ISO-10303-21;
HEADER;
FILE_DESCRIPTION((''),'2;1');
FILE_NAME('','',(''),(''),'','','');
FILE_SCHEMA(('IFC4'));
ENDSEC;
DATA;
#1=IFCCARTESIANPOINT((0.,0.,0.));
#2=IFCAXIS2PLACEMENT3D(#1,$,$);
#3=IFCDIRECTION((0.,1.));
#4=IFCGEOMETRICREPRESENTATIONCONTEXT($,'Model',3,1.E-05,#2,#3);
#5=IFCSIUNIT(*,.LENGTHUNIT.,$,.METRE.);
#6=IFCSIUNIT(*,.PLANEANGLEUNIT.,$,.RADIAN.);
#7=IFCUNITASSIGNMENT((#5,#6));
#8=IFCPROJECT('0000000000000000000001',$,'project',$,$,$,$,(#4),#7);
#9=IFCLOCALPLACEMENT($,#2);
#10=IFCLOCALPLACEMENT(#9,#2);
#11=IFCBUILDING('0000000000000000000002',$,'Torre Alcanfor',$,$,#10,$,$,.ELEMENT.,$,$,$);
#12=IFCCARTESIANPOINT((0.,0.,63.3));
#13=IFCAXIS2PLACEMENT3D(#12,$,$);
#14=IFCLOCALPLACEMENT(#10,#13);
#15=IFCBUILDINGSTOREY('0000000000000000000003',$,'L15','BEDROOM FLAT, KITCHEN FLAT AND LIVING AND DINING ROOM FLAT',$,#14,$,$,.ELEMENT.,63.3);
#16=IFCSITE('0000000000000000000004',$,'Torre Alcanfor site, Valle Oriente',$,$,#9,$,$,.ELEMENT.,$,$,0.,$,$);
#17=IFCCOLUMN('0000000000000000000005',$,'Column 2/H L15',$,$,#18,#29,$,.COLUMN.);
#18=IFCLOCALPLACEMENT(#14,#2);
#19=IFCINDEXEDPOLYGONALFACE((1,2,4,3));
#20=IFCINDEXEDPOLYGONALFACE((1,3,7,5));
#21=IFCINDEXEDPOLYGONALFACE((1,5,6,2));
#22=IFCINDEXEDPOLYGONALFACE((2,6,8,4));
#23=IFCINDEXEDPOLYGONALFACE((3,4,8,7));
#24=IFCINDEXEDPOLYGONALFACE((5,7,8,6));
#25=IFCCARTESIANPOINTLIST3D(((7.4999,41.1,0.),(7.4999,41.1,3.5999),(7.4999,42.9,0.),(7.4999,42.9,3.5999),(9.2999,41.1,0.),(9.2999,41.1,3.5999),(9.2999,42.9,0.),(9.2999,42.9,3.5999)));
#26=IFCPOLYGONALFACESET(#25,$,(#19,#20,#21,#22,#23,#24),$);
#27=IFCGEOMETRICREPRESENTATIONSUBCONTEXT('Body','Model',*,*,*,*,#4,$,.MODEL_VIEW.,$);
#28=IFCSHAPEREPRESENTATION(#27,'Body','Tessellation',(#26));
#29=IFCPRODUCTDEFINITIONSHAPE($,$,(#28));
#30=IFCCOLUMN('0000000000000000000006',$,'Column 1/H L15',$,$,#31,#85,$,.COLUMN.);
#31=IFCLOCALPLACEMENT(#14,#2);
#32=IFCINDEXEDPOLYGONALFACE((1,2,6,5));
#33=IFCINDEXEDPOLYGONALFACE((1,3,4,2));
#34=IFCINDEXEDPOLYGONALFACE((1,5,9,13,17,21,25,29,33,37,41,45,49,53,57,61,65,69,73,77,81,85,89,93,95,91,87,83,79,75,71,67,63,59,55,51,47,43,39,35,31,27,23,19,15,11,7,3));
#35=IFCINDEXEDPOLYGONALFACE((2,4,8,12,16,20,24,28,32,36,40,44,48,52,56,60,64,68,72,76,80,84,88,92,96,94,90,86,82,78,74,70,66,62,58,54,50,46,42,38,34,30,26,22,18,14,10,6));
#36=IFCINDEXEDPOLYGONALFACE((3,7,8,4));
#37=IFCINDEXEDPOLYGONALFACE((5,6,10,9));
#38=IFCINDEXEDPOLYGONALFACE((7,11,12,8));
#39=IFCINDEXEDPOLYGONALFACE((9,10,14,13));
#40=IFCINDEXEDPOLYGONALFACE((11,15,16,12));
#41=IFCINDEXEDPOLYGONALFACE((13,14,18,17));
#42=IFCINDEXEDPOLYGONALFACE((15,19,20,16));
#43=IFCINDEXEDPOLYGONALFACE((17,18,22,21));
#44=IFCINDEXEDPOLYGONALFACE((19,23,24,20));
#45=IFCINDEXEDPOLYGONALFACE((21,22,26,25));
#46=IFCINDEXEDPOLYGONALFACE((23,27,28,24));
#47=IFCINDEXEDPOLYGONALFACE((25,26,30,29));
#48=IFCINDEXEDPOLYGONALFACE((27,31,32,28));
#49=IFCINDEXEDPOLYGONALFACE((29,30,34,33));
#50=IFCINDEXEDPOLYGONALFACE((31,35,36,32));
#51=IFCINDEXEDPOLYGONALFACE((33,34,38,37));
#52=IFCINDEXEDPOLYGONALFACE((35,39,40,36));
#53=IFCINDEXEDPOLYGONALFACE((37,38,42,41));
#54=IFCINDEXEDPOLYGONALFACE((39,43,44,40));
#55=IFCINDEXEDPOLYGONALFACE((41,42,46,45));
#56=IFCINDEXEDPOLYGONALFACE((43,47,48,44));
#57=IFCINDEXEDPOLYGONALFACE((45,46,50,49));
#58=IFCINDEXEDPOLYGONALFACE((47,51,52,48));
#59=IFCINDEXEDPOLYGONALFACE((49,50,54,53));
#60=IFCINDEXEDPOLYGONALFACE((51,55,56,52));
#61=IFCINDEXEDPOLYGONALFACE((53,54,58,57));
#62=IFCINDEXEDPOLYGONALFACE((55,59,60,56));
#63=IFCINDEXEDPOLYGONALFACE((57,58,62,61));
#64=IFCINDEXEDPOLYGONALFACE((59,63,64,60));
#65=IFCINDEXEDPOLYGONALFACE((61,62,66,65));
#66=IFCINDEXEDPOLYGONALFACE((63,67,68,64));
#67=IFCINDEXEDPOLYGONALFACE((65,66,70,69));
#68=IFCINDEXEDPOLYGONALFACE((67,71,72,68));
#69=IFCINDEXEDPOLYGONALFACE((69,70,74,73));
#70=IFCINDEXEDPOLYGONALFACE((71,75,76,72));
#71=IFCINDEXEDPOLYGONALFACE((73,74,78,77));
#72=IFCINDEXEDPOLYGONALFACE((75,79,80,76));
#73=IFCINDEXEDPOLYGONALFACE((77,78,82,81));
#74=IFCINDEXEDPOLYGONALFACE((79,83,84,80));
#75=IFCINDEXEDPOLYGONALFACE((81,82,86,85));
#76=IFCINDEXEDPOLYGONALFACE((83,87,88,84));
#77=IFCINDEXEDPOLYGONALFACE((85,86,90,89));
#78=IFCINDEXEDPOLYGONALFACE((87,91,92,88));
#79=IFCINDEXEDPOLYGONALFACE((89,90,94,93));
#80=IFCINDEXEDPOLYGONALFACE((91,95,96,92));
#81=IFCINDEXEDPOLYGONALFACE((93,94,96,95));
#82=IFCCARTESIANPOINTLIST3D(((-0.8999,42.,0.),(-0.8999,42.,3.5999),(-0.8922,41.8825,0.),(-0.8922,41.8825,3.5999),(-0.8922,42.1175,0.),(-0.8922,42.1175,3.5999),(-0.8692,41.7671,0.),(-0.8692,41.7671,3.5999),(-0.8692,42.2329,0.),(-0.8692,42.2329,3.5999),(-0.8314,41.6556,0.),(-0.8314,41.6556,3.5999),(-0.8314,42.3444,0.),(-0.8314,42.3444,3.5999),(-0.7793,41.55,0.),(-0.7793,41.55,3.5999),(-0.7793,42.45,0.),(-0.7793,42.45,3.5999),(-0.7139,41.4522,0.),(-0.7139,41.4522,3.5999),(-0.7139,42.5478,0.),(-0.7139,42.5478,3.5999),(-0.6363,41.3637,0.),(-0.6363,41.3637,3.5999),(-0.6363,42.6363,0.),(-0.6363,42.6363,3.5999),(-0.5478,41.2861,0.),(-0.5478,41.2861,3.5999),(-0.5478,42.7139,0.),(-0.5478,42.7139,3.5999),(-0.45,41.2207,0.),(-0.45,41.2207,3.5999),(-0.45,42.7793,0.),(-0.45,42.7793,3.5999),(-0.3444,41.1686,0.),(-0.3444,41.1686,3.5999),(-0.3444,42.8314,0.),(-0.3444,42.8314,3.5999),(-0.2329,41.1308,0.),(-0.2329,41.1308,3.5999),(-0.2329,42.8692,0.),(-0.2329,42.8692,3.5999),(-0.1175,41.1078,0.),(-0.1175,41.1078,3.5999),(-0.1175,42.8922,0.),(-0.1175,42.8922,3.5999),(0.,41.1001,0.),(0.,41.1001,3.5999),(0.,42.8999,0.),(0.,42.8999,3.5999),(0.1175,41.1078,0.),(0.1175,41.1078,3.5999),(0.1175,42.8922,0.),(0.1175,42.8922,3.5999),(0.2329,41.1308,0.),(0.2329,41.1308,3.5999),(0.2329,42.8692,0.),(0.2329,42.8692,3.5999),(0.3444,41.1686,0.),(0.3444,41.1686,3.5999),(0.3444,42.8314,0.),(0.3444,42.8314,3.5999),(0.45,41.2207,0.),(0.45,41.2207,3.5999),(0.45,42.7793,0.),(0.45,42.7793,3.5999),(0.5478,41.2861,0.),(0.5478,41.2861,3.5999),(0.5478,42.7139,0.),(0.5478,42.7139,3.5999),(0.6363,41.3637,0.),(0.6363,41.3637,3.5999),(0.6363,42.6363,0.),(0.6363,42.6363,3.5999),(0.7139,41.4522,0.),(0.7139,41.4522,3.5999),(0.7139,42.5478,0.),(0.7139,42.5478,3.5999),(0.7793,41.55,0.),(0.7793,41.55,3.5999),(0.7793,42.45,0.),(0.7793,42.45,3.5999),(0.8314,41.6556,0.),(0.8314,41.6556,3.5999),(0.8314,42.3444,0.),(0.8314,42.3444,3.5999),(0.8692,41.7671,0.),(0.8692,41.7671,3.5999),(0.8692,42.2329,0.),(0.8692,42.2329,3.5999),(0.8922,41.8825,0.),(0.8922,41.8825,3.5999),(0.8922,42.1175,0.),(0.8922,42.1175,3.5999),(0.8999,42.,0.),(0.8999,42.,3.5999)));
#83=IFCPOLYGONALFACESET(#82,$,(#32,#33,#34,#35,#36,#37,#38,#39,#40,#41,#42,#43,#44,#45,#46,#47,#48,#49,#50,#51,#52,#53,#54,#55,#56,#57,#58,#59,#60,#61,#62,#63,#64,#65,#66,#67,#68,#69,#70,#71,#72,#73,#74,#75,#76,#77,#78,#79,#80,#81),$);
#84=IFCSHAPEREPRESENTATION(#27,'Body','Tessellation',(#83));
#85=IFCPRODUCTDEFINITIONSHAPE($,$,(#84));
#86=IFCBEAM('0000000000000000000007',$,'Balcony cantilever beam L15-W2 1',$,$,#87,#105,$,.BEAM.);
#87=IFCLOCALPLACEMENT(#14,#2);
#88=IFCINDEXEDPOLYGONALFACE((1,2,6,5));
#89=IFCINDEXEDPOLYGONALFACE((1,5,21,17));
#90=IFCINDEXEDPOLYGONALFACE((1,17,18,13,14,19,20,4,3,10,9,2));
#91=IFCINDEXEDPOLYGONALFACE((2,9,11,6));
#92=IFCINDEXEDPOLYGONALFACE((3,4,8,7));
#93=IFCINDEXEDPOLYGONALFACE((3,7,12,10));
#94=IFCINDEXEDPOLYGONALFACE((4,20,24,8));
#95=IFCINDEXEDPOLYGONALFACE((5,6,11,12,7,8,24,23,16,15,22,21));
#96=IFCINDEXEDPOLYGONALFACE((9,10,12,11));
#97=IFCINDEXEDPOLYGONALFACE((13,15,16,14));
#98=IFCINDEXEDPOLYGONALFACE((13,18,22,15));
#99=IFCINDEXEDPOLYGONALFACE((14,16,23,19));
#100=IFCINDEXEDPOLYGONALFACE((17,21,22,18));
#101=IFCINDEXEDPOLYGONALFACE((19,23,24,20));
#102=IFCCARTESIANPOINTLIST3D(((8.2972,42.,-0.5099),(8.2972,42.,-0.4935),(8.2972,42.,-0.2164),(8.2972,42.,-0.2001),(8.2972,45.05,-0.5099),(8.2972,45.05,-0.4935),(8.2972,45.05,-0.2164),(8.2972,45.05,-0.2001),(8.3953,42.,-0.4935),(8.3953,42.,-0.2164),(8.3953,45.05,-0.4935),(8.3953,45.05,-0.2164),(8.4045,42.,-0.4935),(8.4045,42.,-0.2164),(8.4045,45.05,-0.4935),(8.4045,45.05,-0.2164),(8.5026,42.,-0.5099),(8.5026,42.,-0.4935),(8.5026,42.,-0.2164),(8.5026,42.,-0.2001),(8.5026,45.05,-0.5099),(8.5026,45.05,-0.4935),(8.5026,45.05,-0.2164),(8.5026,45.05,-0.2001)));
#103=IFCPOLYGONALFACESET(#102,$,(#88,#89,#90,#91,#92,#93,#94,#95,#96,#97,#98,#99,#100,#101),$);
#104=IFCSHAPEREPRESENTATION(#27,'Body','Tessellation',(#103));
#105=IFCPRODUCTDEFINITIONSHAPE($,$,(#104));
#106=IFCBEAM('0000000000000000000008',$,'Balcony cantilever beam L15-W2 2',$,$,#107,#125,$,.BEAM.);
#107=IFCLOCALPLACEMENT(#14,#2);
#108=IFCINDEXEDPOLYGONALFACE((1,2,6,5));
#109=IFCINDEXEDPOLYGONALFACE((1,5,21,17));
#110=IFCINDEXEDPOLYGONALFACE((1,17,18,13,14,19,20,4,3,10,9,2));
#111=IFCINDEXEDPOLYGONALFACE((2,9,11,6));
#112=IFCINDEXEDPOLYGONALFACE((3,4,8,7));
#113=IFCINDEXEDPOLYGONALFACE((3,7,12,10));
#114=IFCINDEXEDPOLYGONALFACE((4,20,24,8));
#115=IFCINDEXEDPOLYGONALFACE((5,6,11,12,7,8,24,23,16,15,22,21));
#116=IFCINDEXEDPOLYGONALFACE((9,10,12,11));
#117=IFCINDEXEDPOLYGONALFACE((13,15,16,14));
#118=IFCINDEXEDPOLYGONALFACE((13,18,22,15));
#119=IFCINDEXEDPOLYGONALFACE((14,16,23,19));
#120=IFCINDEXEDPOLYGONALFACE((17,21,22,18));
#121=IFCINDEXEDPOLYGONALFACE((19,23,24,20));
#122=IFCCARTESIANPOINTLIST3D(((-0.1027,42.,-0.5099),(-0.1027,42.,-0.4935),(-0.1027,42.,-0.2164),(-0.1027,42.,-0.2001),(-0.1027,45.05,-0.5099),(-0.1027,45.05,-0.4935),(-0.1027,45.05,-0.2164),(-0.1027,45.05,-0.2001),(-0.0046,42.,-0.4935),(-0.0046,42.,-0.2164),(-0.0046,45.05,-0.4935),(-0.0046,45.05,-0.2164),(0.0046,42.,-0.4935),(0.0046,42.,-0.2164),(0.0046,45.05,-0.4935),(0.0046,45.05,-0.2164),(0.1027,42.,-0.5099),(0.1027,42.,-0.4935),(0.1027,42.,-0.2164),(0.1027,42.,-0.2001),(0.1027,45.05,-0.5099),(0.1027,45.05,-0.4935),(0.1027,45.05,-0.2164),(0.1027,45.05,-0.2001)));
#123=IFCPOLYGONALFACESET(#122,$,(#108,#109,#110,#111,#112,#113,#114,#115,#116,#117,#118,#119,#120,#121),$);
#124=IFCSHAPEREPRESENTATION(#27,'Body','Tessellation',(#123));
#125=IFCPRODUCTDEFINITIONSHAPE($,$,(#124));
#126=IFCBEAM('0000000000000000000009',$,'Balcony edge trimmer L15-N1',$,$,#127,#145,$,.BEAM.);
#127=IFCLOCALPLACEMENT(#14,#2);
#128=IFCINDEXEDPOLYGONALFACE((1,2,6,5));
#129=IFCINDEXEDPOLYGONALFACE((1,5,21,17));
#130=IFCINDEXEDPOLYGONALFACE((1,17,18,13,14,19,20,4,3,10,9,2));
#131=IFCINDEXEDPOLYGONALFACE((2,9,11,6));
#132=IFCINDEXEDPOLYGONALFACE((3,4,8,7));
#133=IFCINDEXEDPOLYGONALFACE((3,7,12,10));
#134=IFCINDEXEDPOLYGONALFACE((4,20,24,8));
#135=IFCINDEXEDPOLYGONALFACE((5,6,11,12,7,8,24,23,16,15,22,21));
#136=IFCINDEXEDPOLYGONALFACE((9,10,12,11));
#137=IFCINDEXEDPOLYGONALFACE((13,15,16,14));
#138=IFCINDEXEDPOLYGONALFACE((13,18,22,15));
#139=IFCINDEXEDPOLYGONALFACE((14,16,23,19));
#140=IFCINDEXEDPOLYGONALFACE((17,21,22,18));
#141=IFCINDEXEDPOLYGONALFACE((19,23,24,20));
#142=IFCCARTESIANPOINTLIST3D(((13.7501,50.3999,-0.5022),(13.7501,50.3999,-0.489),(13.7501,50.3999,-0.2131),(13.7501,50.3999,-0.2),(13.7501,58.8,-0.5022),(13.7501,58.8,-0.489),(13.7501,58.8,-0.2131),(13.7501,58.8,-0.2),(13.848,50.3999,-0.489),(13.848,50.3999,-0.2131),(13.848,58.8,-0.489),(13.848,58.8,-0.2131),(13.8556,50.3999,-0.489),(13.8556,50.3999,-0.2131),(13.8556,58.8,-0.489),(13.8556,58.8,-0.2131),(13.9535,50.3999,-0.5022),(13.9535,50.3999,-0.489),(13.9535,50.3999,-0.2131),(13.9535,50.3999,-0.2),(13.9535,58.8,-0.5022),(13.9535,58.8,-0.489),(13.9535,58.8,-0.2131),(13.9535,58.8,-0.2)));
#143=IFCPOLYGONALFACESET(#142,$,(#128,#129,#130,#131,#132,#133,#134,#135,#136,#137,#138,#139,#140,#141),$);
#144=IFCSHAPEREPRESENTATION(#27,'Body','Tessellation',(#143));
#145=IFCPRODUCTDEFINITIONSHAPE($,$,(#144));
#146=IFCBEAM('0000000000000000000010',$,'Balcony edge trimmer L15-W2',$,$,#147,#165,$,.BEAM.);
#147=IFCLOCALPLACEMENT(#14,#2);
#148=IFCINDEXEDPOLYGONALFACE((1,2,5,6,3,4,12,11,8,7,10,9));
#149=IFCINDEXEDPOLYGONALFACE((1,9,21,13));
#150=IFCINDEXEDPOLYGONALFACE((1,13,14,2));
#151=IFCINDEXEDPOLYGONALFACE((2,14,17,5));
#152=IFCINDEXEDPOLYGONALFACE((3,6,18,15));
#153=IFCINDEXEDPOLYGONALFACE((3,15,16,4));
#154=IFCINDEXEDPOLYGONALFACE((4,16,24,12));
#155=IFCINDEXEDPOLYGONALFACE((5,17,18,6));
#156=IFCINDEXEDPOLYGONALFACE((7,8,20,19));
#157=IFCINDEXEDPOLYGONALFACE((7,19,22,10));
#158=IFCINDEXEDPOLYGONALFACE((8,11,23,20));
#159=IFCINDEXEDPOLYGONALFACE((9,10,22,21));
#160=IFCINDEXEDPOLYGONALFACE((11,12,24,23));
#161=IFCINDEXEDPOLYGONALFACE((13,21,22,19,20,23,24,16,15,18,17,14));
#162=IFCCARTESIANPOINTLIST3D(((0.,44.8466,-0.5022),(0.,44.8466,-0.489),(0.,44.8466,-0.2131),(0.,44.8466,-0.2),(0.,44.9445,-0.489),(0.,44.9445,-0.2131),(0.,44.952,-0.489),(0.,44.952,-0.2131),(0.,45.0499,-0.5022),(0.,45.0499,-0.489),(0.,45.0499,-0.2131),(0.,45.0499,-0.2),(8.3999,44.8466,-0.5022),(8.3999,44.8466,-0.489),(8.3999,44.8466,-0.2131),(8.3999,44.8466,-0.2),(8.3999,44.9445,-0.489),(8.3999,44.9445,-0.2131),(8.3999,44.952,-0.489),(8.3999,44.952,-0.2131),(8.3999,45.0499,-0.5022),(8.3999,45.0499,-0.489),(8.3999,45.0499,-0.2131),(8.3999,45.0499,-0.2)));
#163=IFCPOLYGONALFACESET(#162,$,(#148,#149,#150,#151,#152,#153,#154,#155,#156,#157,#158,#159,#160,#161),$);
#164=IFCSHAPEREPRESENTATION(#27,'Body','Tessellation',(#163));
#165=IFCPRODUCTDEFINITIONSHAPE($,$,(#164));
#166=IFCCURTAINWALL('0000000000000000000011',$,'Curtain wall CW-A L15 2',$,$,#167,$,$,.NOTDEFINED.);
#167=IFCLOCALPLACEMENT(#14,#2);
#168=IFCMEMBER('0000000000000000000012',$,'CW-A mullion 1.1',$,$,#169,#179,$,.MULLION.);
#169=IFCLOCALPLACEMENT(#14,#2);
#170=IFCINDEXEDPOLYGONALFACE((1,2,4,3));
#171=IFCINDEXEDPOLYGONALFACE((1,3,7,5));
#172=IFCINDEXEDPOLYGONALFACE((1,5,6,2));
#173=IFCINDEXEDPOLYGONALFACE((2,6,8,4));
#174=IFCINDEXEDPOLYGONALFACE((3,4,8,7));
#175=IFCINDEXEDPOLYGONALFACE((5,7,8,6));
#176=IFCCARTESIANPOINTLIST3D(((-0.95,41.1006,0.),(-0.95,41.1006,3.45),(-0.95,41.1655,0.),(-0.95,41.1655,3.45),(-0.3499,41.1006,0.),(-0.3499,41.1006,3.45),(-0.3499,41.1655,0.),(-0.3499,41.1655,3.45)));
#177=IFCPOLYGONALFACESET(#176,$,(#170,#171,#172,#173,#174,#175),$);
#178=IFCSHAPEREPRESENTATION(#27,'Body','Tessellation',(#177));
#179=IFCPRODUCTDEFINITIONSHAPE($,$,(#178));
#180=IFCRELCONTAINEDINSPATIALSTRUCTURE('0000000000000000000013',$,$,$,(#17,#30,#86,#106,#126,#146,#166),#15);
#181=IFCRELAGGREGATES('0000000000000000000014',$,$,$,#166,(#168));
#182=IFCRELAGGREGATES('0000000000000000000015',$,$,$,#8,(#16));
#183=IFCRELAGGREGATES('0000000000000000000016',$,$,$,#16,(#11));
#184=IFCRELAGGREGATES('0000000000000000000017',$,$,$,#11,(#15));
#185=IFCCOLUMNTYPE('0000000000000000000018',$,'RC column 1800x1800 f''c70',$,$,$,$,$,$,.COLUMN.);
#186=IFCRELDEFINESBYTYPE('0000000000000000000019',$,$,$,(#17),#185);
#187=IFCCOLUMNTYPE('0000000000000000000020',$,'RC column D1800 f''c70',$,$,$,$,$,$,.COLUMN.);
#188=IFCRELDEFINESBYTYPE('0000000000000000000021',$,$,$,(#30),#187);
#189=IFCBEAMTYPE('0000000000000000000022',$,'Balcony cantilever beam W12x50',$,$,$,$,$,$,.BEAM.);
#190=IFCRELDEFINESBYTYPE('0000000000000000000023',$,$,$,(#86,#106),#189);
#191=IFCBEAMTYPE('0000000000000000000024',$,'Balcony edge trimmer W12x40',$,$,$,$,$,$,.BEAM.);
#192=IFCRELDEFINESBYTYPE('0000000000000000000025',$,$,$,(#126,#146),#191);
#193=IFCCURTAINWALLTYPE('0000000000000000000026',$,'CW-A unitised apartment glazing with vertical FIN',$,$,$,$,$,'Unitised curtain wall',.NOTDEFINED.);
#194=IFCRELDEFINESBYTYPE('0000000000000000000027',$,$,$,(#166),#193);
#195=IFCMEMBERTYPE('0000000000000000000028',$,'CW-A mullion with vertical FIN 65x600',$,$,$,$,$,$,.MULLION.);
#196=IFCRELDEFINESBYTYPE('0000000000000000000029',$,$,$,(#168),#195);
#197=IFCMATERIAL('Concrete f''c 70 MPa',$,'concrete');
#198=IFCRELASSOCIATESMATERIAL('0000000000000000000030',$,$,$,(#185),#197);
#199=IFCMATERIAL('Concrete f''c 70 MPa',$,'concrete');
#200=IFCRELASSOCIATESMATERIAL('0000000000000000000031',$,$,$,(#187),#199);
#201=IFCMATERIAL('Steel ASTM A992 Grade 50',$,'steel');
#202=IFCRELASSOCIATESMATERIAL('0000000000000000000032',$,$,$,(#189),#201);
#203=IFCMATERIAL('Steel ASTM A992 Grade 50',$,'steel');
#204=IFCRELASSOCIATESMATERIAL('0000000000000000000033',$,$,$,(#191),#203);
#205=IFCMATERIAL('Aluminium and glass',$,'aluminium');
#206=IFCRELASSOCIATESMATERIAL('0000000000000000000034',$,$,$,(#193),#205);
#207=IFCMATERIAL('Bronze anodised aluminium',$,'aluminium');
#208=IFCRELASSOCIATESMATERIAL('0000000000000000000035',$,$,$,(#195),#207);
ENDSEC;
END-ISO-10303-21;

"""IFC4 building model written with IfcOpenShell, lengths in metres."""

from ifc_helpers import new_model, si_unit, direction, frame, origin, origin_2d, place, context, subcontext, project, spatial, rectangle, circle, i_section, extrude, material, material_profile, profile_set, type_object, element, aggregate, save


model = new_model("IFC4")

# Units and contexts
model_context = context("Model", 3, precision=1e-05, world=origin(), true_north=direction((0.0, 1.0)))
body_context = subcontext(model_context, "Body", "Model", "MODEL_VIEW")
ifc_project = project(units=[si_unit("LENGTHUNIT", "METRE"), si_unit("PLANEANGLEUNIT", "RADIAN")], contexts=[model_context])

# Site, building, storey
site_placement = place(None, origin())
site = spatial("IfcSite", under=ifc_project, at=site_placement, Name="Torre Alcanfor site, Valle Oriente", CompositionType="ELEMENT", RefElevation=0.0)
building_placement = place(site_placement, origin())
building = spatial("IfcBuilding", under=site, at=building_placement, Name="Torre Alcanfor", CompositionType="ELEMENT")
storey_placement = place(building_placement, frame((0.0, 0.0, 63.3)))
storey = spatial("IfcBuildingStorey", under=building, at=storey_placement, Name="L15", Description="BEDROOM FLAT, KITCHEN FLAT AND LIVING AND DINING ROOM FLAT", CompositionType="ELEMENT", Elevation=63.3)

# Columns
ifc_material_1 = material(Name="Concrete f'c 70 MPa", Category="concrete")
ifc_material_profile_1 = material_profile(ifc_material_1, rectangle(XDim=1.8, YDim=1.8, at=origin_2d()), Name="1800x1800")
ifc_profile_set_1 = profile_set([ifc_material_profile_1], Name="Concrete f'c 70 MPa")
column_type_1 = type_object("IfcColumnType", Name="RC column 1800x1800 f'c70", PredefinedType="COLUMN", material=ifc_profile_set_1)
column_1_placement = place(storey_placement, frame((8.3999, 42.0, 0.0), z_axis=(0.0, 0.0, 1.0), x_axis=(1.0, 0.0, 0.0)))
element("IfcColumn", 1, at=column_1_placement, inside=storey, type_object=column_type_1, Name="Column 2/H L15", PredefinedType="COLUMN", context=body_context, shape_type="SweptSolid", body=[
    extrude(rectangle(XDim=1.8, YDim=1.8, at=origin_2d()), origin(), (0.0, 0.0, 1.0), 3.5999),
])
ifc_material_2 = material(Name="Concrete f'c 70 MPa", Category="concrete")
ifc_material_profile_2 = material_profile(ifc_material_2, circle(Radius=0.8999, at=origin_2d()), Name="D1800")
ifc_profile_set_2 = profile_set([ifc_material_profile_2], Name="Concrete f'c 70 MPa")
column_type_2 = type_object("IfcColumnType", Name="RC column D1800 f'c70", PredefinedType="COLUMN", material=ifc_profile_set_2)
column_2_placement = place(storey_placement, frame((0.0, 42.0, 0.0), z_axis=(0.0, 0.0, 1.0), x_axis=(1.0, 0.0, 0.0)))
element("IfcColumn", 2, at=column_2_placement, inside=storey, type_object=column_type_2, Name="Column 1/H L15", PredefinedType="COLUMN", context=body_context, shape_type="SweptSolid", body=[
    extrude(circle(Radius=0.8999, at=origin_2d()), origin(), (0.0, 0.0, 1.0), 3.5999),
])

# Beams
ifc_material_3 = material(Name="Steel ASTM A992 Grade 50", Category="steel")
ifc_material_profile_3 = material_profile(ifc_material_3, i_section(OverallWidth=0.2053, OverallDepth=0.3098, WebThickness=0.0093, FlangeThickness=0.0164, at=origin_2d()), Name="W12x50")
ifc_profile_set_3 = profile_set([ifc_material_profile_3], Name="Steel ASTM A992 Grade 50")
beam_type_1 = type_object("IfcBeamType", Name="Balcony cantilever beam W12x50", PredefinedType="BEAM", material=ifc_profile_set_3)
for number, where, z_axis, x_axis, name in (
    (3, (8.3999, 42.0, -0.355), (0.0, 1.0, 0.0), (-1.0, 0.0, 0.0), "Balcony cantilever beam L15-W2 1"),
    (4, (0.0, 42.0, -0.355), (0.0, 1.0, 0.0), (-1.0, 0.0, 0.0), "Balcony cantilever beam L15-W2 2"),
):
    element("IfcBeam", number, at=place(storey_placement, frame(where, z_axis=z_axis, x_axis=x_axis)), inside=storey, type_object=beam_type_1, Name=name, PredefinedType="BEAM", context=body_context, shape_type="SweptSolid", body=[
        extrude(i_section(OverallWidth=0.2053, OverallDepth=0.3098, WebThickness=0.0093, FlangeThickness=0.0164, at=origin_2d()), origin(), (0.0, 0.0, 1.0), 3.05),
    ])
ifc_material_4 = material(Name="Steel ASTM A992 Grade 50", Category="steel")
ifc_material_profile_4 = material_profile(ifc_material_4, i_section(OverallWidth=0.2034, OverallDepth=0.3022, WebThickness=0.0076, FlangeThickness=0.0132, at=origin_2d()), Name="W12x40")
ifc_profile_set_4 = profile_set([ifc_material_profile_4], Name="Steel ASTM A992 Grade 50")
beam_type_2 = type_object("IfcBeamType", Name="Balcony edge trimmer W12x40", PredefinedType="BEAM", material=ifc_profile_set_4)
beam_1_placement = place(storey_placement, frame((13.8518, 50.3999, -0.3511), z_axis=(0.0, 1.0, 0.0), x_axis=(-1.0, 0.0, 0.0)))
element("IfcBeam", 5, at=beam_1_placement, inside=storey, type_object=beam_type_2, Name="Balcony edge trimmer L15-N1", PredefinedType="BEAM", context=body_context, shape_type="SweptSolid", body=[
    extrude(i_section(OverallWidth=0.2034, OverallDepth=0.3022, WebThickness=0.0076, FlangeThickness=0.0132, at=origin_2d()), origin(), (0.0, 0.0, 1.0), 8.4001),
])
beam_2_placement = place(storey_placement, frame((8.3999, 44.9482, -0.3511), z_axis=(-1.0, 0.0, 0.0), x_axis=(0.0, -1.0, 0.0)))
element("IfcBeam", 6, at=beam_2_placement, inside=storey, type_object=beam_type_2, Name="Balcony edge trimmer L15-W2", PredefinedType="BEAM", context=body_context, shape_type="SweptSolid", body=[
    extrude(i_section(OverallWidth=0.2034, OverallDepth=0.3022, WebThickness=0.0076, FlangeThickness=0.0132, at=origin_2d()), origin(), (0.0, 0.0, 1.0), 8.3999),
])

# Curtain wall, member
ifc_material_5 = material(Name="Aluminium and glass", Category="aluminium")
curtain_wall_type = type_object("IfcCurtainWallType", Name="CW-A unitised apartment glazing with vertical FIN", ElementType="Unitised curtain wall", PredefinedType="NOTDEFINED", material=ifc_material_5)
curtain_wall_placement = place(storey_placement, origin())
curtain_wall = element("IfcCurtainWall", 7, at=curtain_wall_placement, inside=storey, type_object=curtain_wall_type, Name="Curtain wall CW-A L15 2", PredefinedType="NOTDEFINED")
ifc_material_6 = material(Name="Bronze anodised aluminium", Category="aluminium")
ifc_material_profile_5 = material_profile(ifc_material_6, rectangle(XDim=0.6001, YDim=0.0649, at=origin_2d()), Name="CW-A mullion 65x600")
ifc_profile_set_5 = profile_set([ifc_material_profile_5], Name="Bronze anodised aluminium")
member_type_1 = type_object("IfcMemberType", Name="CW-A mullion with vertical FIN 65x600", PredefinedType="MULLION", material=ifc_profile_set_5)
member_1_placement = place(storey_placement, frame((-0.6499, 41.1331, 0.0), z_axis=(0.0, 0.0, 1.0), x_axis=(1.0, 0.0, 0.0)))
member_1 = element("IfcMember", 8, at=member_1_placement, type_object=member_type_1, Name="CW-A mullion 1.1", PredefinedType="MULLION", context=body_context, shape_type="SweptSolid", body=[
    extrude(rectangle(XDim=0.6001, YDim=0.0649, at=origin_2d()), origin(), (0.0, 0.0, 1.0), 3.45),
])
aggregate(curtain_wall, [member_1])

save(model, "model.ifc")
